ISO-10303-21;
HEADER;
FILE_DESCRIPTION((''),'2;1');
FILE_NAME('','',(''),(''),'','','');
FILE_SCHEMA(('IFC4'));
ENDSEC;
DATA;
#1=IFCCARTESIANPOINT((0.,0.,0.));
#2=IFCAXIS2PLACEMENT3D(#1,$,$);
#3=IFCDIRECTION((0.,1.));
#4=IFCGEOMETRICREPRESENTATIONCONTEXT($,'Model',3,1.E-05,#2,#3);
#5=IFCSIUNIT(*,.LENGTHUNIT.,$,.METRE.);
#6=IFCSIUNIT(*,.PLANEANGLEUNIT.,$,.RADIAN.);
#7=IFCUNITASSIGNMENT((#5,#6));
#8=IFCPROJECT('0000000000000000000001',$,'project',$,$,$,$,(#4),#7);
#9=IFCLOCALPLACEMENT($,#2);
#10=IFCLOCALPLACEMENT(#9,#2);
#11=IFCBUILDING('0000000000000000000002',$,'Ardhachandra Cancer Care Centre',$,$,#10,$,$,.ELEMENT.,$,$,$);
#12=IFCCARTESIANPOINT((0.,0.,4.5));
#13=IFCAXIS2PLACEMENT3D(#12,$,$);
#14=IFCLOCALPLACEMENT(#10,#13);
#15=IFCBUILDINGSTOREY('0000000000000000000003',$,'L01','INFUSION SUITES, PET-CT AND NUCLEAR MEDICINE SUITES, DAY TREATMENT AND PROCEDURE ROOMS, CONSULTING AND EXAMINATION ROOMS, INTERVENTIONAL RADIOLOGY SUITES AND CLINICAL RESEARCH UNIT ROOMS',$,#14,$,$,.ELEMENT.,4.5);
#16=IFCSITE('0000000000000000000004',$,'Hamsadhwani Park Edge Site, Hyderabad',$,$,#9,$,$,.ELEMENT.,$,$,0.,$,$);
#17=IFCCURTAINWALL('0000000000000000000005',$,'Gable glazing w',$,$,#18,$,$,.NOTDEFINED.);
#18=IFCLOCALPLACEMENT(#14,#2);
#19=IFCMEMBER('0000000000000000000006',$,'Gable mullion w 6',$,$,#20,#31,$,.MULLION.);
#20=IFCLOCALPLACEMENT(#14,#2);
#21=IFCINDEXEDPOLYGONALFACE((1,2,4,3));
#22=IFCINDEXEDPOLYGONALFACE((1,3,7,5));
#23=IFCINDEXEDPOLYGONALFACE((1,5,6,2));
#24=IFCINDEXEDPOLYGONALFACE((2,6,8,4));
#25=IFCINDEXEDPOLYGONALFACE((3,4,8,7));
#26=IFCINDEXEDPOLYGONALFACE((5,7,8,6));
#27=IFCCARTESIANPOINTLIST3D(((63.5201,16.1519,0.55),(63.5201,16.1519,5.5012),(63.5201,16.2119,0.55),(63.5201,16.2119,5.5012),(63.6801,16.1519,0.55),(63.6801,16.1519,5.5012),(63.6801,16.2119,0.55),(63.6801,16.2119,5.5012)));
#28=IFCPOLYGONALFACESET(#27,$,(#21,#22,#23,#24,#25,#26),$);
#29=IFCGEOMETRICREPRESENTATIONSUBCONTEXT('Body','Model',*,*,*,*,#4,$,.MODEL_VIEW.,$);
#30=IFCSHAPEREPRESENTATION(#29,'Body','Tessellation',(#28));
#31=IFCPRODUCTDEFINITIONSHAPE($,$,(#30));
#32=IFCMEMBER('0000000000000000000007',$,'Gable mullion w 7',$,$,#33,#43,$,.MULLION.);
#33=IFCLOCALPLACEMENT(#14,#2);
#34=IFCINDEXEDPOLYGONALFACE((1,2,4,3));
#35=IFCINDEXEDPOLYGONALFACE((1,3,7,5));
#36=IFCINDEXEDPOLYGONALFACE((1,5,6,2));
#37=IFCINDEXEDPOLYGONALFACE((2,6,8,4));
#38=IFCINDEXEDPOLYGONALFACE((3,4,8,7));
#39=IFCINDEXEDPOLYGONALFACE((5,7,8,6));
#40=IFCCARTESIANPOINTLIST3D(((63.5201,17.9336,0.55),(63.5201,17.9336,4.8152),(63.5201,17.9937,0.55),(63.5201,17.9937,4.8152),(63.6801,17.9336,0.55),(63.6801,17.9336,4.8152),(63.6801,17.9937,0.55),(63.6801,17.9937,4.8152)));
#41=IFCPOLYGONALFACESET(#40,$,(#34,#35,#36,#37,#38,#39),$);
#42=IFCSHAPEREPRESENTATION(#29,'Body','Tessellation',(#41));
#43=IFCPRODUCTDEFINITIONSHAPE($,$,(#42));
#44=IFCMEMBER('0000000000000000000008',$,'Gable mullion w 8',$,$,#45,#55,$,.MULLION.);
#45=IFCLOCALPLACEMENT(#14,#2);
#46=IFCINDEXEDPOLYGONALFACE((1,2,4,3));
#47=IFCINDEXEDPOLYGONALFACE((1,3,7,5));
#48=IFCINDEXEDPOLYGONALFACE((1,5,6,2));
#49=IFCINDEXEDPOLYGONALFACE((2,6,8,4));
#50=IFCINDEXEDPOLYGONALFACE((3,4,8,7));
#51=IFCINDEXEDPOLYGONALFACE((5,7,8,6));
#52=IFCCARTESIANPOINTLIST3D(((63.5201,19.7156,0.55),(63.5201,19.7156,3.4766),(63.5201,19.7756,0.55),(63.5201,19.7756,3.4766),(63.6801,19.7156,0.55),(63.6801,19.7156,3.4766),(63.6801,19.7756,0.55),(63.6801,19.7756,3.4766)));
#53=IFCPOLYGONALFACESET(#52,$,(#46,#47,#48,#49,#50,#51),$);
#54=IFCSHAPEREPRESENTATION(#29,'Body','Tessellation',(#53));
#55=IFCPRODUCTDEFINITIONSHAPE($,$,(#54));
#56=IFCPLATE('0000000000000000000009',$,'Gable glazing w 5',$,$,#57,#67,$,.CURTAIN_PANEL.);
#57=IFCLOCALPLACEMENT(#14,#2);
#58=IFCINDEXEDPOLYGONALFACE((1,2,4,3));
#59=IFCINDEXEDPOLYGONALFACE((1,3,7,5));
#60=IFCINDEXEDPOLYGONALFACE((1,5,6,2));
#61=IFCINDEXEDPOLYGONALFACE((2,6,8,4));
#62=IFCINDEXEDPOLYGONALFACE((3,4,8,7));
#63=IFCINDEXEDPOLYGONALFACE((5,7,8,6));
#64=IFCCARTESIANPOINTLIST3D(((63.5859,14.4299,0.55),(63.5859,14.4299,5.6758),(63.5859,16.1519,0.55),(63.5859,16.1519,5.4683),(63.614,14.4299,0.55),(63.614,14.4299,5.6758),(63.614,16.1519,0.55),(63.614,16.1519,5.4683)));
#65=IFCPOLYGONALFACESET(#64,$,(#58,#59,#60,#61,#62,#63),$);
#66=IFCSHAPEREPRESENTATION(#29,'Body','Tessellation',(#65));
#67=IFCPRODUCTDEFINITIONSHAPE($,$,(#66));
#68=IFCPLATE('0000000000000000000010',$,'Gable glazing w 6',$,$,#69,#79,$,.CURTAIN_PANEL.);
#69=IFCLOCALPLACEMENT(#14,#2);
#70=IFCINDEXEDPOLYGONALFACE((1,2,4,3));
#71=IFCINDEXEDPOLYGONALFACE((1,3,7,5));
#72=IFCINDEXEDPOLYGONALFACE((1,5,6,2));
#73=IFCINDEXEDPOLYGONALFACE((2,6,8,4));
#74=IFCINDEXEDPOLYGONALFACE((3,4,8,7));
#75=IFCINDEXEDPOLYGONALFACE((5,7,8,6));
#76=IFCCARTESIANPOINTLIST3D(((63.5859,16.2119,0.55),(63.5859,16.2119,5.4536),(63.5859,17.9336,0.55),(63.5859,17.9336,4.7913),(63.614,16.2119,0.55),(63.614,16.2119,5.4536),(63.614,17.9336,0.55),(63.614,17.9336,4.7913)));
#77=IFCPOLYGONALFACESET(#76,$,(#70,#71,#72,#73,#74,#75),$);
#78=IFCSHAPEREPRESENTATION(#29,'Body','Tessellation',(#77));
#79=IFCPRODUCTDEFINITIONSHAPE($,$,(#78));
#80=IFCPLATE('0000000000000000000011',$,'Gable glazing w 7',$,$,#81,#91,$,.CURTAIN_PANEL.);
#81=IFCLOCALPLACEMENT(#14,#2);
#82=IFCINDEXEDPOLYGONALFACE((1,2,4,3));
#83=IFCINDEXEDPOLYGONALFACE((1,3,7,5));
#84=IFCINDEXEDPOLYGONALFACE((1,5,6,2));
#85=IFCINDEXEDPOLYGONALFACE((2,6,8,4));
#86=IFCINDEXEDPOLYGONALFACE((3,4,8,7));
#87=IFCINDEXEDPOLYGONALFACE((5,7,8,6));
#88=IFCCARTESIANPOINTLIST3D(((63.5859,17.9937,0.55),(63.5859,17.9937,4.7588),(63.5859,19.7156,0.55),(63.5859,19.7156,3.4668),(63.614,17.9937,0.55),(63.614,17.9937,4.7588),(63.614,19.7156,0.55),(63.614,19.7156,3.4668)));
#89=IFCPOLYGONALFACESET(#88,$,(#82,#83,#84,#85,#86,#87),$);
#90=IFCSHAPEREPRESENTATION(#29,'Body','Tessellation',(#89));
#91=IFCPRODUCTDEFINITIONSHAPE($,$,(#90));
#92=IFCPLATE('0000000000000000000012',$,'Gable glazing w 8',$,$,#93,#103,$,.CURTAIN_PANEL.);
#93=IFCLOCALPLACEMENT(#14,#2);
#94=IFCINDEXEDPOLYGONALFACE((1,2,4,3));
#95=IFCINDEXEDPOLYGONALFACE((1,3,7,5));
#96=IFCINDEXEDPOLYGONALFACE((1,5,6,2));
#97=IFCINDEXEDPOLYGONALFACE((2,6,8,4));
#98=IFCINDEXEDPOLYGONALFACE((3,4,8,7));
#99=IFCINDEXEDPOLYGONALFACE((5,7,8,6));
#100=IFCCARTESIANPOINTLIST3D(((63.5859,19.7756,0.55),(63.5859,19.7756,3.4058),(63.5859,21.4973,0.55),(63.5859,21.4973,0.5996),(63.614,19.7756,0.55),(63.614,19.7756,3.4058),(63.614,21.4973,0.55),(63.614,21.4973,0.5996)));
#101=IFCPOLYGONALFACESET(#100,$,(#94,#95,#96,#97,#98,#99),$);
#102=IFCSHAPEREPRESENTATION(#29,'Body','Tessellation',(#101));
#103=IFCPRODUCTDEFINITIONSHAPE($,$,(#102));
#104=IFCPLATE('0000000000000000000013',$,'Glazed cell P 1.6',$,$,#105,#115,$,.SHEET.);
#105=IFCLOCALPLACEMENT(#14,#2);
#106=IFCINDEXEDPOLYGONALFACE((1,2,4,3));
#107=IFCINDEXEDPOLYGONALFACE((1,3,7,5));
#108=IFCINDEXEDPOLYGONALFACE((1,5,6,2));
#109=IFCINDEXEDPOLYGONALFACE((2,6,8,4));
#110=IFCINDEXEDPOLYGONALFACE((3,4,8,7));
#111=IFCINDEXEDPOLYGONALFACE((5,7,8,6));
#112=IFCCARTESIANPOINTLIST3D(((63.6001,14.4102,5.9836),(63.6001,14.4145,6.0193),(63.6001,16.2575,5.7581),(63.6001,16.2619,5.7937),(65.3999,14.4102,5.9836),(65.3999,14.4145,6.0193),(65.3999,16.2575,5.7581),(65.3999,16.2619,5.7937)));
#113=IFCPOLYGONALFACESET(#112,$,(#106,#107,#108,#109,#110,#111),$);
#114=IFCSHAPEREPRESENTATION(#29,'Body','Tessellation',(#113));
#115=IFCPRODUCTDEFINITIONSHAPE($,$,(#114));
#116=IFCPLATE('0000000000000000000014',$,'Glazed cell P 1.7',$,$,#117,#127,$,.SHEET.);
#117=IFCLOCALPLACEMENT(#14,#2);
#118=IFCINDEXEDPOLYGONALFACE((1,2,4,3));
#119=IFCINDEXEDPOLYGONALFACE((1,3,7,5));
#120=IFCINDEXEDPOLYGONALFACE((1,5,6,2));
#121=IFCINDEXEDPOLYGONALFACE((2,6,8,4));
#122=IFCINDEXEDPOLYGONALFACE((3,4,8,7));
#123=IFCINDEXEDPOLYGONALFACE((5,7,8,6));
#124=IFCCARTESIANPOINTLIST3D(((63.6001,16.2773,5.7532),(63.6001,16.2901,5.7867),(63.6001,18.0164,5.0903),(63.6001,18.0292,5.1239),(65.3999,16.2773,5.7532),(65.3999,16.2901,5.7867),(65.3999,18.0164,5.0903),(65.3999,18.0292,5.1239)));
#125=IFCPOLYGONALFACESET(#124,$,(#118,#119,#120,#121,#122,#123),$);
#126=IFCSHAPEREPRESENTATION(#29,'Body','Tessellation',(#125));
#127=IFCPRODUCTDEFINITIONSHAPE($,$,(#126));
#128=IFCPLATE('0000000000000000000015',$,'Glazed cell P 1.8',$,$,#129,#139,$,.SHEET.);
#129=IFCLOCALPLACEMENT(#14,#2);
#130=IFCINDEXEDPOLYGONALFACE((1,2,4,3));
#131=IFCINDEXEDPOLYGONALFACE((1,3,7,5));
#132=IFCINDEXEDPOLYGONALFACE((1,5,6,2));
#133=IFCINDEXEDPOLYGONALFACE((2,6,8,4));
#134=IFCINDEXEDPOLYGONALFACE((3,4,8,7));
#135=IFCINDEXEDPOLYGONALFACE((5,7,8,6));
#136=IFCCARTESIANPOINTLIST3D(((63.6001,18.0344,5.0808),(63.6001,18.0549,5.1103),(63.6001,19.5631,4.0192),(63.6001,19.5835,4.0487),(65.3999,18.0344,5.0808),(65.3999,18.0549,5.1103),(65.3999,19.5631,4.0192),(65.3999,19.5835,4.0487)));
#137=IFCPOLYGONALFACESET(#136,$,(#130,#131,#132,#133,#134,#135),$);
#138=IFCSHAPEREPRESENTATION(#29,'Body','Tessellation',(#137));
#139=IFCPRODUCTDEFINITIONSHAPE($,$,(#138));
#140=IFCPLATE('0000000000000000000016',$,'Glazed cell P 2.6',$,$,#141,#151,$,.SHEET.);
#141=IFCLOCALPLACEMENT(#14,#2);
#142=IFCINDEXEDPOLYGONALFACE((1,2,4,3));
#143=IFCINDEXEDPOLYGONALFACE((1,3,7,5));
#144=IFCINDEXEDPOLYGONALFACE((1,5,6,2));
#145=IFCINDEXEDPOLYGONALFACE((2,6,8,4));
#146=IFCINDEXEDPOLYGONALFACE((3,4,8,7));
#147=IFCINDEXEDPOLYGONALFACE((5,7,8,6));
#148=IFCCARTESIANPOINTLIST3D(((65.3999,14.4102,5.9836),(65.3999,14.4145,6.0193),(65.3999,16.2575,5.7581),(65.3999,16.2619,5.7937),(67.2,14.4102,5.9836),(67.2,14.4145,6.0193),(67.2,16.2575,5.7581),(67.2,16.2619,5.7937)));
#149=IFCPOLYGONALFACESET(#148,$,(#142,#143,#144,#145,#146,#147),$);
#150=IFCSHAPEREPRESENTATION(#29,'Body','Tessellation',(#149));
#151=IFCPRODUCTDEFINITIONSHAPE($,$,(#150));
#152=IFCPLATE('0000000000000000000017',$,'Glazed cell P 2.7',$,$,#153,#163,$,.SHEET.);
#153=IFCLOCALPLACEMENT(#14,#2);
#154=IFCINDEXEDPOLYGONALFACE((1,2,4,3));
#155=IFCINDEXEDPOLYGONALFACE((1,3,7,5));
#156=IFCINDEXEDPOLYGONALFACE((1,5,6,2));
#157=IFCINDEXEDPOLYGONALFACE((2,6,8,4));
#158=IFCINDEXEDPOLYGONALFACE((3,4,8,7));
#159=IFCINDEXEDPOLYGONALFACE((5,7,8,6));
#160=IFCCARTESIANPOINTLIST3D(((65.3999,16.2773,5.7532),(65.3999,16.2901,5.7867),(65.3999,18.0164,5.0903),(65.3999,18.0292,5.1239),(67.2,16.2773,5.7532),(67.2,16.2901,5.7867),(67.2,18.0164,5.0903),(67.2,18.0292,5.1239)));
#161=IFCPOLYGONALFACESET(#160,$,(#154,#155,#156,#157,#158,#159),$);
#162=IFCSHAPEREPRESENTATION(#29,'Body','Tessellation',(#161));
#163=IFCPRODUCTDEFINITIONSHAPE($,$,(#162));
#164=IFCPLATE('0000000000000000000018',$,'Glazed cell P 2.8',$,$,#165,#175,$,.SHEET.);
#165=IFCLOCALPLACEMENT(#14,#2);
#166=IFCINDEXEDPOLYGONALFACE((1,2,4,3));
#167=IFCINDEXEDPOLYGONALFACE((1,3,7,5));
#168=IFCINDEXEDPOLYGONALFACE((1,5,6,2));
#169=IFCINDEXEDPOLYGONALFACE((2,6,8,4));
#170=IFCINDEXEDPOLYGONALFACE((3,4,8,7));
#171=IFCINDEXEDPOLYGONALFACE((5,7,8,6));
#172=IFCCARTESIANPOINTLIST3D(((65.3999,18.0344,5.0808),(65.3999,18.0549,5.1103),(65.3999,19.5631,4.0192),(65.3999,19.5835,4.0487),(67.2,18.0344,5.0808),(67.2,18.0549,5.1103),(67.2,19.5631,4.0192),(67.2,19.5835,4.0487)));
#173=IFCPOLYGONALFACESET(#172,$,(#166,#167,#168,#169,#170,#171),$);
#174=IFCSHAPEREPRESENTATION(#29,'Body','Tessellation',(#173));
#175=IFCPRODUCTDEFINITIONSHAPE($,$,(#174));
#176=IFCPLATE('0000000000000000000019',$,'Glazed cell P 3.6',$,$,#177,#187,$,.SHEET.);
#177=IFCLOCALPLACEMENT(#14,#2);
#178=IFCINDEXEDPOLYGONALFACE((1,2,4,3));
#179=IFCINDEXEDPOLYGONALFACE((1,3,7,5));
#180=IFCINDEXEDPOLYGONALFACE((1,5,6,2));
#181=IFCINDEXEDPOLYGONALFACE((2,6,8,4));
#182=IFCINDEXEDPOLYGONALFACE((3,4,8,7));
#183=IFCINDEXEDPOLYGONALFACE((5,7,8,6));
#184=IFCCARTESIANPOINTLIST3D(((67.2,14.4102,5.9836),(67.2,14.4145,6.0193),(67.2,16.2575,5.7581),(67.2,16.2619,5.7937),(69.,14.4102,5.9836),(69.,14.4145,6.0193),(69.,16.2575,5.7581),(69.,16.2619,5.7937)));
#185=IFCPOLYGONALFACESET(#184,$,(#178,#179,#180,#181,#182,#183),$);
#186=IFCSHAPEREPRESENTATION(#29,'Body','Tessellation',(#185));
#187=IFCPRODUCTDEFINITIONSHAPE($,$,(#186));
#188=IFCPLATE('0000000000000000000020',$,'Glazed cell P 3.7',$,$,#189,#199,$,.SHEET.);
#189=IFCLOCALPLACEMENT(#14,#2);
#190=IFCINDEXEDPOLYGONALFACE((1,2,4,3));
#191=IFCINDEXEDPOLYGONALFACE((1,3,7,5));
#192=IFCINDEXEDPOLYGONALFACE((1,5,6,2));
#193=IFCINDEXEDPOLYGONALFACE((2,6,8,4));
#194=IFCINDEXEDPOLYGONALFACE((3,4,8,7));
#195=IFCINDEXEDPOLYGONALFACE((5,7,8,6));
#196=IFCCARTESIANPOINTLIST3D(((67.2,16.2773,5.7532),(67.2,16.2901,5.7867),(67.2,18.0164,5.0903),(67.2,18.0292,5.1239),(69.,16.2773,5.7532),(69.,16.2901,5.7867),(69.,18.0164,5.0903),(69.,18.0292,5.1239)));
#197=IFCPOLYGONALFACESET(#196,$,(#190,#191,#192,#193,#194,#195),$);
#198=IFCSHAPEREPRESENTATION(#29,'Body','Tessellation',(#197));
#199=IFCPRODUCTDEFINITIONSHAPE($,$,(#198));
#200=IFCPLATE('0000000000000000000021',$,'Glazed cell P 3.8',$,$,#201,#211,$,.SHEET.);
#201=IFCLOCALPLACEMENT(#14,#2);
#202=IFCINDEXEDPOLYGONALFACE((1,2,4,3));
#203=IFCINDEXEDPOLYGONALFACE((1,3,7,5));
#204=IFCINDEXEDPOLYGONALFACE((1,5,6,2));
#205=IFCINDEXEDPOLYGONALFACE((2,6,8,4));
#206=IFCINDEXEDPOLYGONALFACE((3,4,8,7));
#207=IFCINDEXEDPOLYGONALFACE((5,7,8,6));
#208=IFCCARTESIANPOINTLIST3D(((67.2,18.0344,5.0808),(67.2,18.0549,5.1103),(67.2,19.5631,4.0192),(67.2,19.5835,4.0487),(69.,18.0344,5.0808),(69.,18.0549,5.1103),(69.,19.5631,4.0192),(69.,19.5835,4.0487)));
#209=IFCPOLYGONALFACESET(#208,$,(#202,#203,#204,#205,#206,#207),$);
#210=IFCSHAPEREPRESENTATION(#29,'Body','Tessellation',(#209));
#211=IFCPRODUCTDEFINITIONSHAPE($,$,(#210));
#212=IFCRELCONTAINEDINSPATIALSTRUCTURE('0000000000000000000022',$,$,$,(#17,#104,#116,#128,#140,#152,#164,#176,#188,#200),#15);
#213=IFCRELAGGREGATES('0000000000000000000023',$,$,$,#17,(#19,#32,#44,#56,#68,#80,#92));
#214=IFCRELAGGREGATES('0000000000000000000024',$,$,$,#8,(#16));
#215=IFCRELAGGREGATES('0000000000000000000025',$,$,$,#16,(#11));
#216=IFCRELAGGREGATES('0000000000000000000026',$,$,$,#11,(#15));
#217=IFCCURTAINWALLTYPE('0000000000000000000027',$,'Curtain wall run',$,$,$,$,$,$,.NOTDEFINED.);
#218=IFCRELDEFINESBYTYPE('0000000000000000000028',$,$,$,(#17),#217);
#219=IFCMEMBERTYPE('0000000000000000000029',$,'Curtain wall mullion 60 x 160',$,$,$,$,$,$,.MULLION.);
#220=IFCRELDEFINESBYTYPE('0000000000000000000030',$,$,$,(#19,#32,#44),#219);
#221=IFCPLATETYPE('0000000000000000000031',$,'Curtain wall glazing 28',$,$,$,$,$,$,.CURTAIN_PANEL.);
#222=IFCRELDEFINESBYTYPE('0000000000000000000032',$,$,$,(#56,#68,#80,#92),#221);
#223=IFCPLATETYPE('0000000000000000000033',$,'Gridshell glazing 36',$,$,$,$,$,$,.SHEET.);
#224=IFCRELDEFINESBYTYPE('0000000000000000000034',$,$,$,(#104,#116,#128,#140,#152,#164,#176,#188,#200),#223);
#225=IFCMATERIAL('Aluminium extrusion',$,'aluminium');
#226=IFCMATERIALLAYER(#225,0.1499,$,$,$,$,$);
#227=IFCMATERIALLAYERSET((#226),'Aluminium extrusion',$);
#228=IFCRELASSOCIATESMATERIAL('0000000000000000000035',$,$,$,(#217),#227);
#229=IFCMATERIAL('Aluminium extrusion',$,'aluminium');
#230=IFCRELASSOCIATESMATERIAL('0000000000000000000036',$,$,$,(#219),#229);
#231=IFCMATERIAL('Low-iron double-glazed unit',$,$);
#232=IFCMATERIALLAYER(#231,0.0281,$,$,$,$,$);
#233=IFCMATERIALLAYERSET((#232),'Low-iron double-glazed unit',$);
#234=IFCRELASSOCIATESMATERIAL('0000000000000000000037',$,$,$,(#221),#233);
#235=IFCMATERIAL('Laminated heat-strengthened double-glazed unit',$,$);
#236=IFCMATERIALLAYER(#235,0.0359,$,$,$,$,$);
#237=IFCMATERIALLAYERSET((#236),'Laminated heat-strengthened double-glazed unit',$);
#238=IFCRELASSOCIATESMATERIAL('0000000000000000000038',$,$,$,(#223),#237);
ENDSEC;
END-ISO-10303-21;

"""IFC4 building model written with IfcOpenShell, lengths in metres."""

from ifc_helpers import new_model, si_unit, direction, frame, origin, origin_2d, place, context, subcontext, project, spatial, polyline, rectangle, outline, extrude, material, layer, layer_set, material_profile, profile_set, type_object, element, aggregate, save


model = new_model("IFC4")

# Units and contexts
model_context = context("Model", 3, precision=1e-05, world=origin(), true_north=direction((0.0, 1.0)))
body_context = subcontext(model_context, "Body", "Model", "MODEL_VIEW")
ifc_project = project(units=[si_unit("LENGTHUNIT", "METRE"), si_unit("PLANEANGLEUNIT", "RADIAN")], contexts=[model_context])

# Site, building, storey
site_placement = place(None, origin())
site = spatial("IfcSite", under=ifc_project, at=site_placement, Name="Hamsadhwani Park Edge Site, Hyderabad", CompositionType="ELEMENT", RefElevation=0.0)
building_placement = place(site_placement, origin())
building = spatial("IfcBuilding", under=site, at=building_placement, Name="Ardhachandra Cancer Care Centre", CompositionType="ELEMENT")
storey_placement = place(building_placement, frame((0.0, 0.0, 4.5)))
storey = spatial("IfcBuildingStorey", under=building, at=storey_placement, Name="L01", Description="INFUSION SUITES, PET-CT AND NUCLEAR MEDICINE SUITES, DAY TREATMENT AND PROCEDURE ROOMS, CONSULTING AND EXAMINATION ROOMS, INTERVENTIONAL RADIOLOGY SUITES AND CLINICAL RESEARCH UNIT ROOMS", CompositionType="ELEMENT", Elevation=4.5)

# Curtain wall, members
ifc_material_1 = material(Name="Aluminium extrusion", Category="aluminium")
ifc_layer_1 = layer(ifc_material_1, 0.1499)
ifc_layer_set_1 = layer_set([ifc_layer_1], Name="Aluminium extrusion")
curtain_wall_type = type_object("IfcCurtainWallType", Name="Curtain wall run", PredefinedType="NOTDEFINED", material=ifc_layer_set_1)
curtain_wall_placement = place(storey_placement, origin())
curtain_wall = element("IfcCurtainWall", 1, at=curtain_wall_placement, inside=storey, type_object=curtain_wall_type, Name="Gable glazing w", PredefinedType="NOTDEFINED")
ifc_material_2 = material(Name="Aluminium extrusion", Category="aluminium")
ifc_material_profile_1 = material_profile(ifc_material_2, rectangle(XDim=0.1599, YDim=0.0601, at=origin_2d()), Name="Curtain wall mullion 60 x 160")
ifc_profile_set_1 = profile_set([ifc_material_profile_1], Name="Aluminium extrusion")
member_type_1 = type_object("IfcMemberType", Name="Curtain wall mullion 60 x 160", PredefinedType="MULLION", material=ifc_profile_set_1)
member_1_placement = place(storey_placement, frame((63.6001, 16.1819, 0.55), z_axis=(0.0, 0.0, 1.0), x_axis=(-1.0, 0.0, 0.0)))
member_1 = element("IfcMember", 2, at=member_1_placement, type_object=member_type_1, Name="Gable mullion w 6", PredefinedType="MULLION", context=body_context, shape_type="SweptSolid", body=[
    extrude(rectangle(XDim=0.1599, YDim=0.0601, at=origin_2d()), origin(), (0.0, 0.0, 1.0), 4.9512),
])
member_2_placement = place(storey_placement, frame((63.6001, 17.9636, 0.55), z_axis=(0.0, 0.0, 1.0), x_axis=(-1.0, 0.0, 0.0)))
member_2 = element("IfcMember", 3, at=member_2_placement, type_object=member_type_1, Name="Gable mullion w 7", PredefinedType="MULLION", context=body_context, shape_type="SweptSolid", body=[
    extrude(rectangle(XDim=0.1599, YDim=0.0601, at=origin_2d()), origin(), (0.0, 0.0, 1.0), 4.2651),
])
member_3_placement = place(storey_placement, frame((63.6001, 19.7456, 0.55), z_axis=(0.0, 0.0, 1.0), x_axis=(-1.0, 0.0, 0.0)))
member_3 = element("IfcMember", 4, at=member_3_placement, type_object=member_type_1, Name="Gable mullion w 8", PredefinedType="MULLION", context=body_context, shape_type="SweptSolid", body=[
    extrude(rectangle(XDim=0.1599, YDim=0.0601, at=origin_2d()), origin(), (0.0, 0.0, 1.0), 2.9265),
])

# Plates
ifc_material_3 = material(Name="Low-iron double-glazed unit")
ifc_layer_2 = layer(ifc_material_3, 0.0281)
ifc_layer_set_2 = layer_set([ifc_layer_2], Name="Low-iron double-glazed unit")
plate_type_1 = type_object("IfcPlateType", Name="Curtain wall glazing 28", PredefinedType="CURTAIN_PANEL", material=ifc_layer_set_2)
plate_1_placement = place(storey_placement, frame((63.6001, 14.4299, 0.55), z_axis=(1.0, 0.0, 0.0), x_axis=(0.0, 1.0, 0.0)))
plate_1 = element("IfcPlate", 5, at=plate_1_placement, type_object=plate_type_1, Name="Gable glazing w 5", PredefinedType="CURTAIN_PANEL", context=body_context, shape_type="SweptSolid", body=[
    extrude(outline(polyline([(0.0, 0.0), (1.7219, 0.0), (1.7219, 4.9182), (0.0, 5.1257), (0.0, 0.0)])), frame((0.0, 0.0, -0.0142)), (0.0, 0.0, 1.0), 0.0281),
])
plate_2_placement = place(storey_placement, frame((63.6001, 16.2119, 0.55), z_axis=(1.0, 0.0, 0.0), x_axis=(0.0, 1.0, 0.0)))
plate_2 = element("IfcPlate", 6, at=plate_2_placement, type_object=plate_type_1, Name="Gable glazing w 6", PredefinedType="CURTAIN_PANEL", context=body_context, shape_type="SweptSolid", body=[
    extrude(outline(polyline([(0.0, 0.0), (1.7217, 0.0), (1.7217, 4.2412), (0.0, 4.9036), (0.0, 0.0)])), frame((0.0, 0.0, -0.0142)), (0.0, 0.0, 1.0), 0.0281),
])
plate_3_placement = place(storey_placement, frame((63.6001, 17.9937, 0.55), z_axis=(1.0, 0.0, 0.0), x_axis=(0.0, 1.0, 0.0)))
plate_3 = element("IfcPlate", 7, at=plate_3_placement, type_object=plate_type_1, Name="Gable glazing w 7", PredefinedType="CURTAIN_PANEL", context=body_context, shape_type="SweptSolid", body=[
    extrude(outline(polyline([(0.0, 0.0), (1.7219, 0.0), (1.7219, 2.9167), (0.0, 4.2087), (0.0, 0.0)])), frame((0.0, 0.0, -0.0142)), (0.0, 0.0, 1.0), 0.0281),
])
plate_4_placement = place(storey_placement, frame((63.6001, 19.7756, 0.55), z_axis=(1.0, 0.0, 0.0), x_axis=(0.0, 1.0, 0.0)))
plate_4 = element("IfcPlate", 8, at=plate_4_placement, type_object=plate_type_1, Name="Gable glazing w 8", PredefinedType="CURTAIN_PANEL", context=body_context, shape_type="SweptSolid", body=[
    extrude(outline(polyline([(0.0, 0.0), (1.7217, 0.0), (1.7217, 0.0496), (0.0, 2.8557), (0.0, 0.0)])), frame((0.0, 0.0, -0.0142)), (0.0, 0.0, 1.0), 0.0281),
])
aggregate(curtain_wall, [member_1, member_2, member_3, plate_1, plate_2, plate_3, plate_4])

# Plates
ifc_material_4 = material(Name="Laminated heat-strengthened double-glazed unit")
ifc_layer_3 = layer(ifc_material_4, 0.0359)
ifc_layer_set_3 = layer_set([ifc_layer_3], Name="Laminated heat-strengthened double-glazed unit")
plate_type_2 = type_object("IfcPlateType", Name="Gridshell glazing 36", PredefinedType="SHEET", material=ifc_layer_set_3)
for number, where, z_axis, x_axis, name in (
    (9, (63.6001, 14.4102, 5.9836), (0.0, 0.121209, 0.992627), (1.0, 0.0, 0.0), "Glazed cell P 1.6"),
    (10, (63.6001, 16.2773, 5.7532), (0.0, 0.356164, 0.934423), (1.0, 0.0, 0.0), "Glazed cell P 1.7"),
    (11, (63.6001, 18.0344, 5.0808), (0.0, 0.570403, 0.821365), (1.0, 0.0, 0.0), "Glazed cell P 1.8"),
):
    element("IfcPlate", number, at=place(storey_placement, frame(where, z_axis=z_axis, x_axis=x_axis)), inside=storey, type_object=plate_type_2, Name=name, PredefinedType="SHEET", context=body_context, shape_type="SweptSolid", body=[
        extrude(outline(polyline([(0.0, 0.0), (1.7998, 0.0), (1.7998, 1.8611), (0.0, 1.8611), (0.0, 0.0)])), origin(), (0.0, 0.0, 1.0), 0.0359),
    ])
for number, where, z_axis, x_axis, name in (
    (12, (65.3999, 14.4102, 5.9836), (0.0, 0.121209, 0.992627), (1.0, 0.0, 0.0), "Glazed cell P 2.6"),
    (13, (65.3999, 16.2773, 5.7532), (0.0, 0.356164, 0.934423), (1.0, 0.0, 0.0), "Glazed cell P 2.7"),
    (14, (65.3999, 18.0344, 5.0808), (0.0, 0.570403, 0.821365), (1.0, 0.0, 0.0), "Glazed cell P 2.8"),
    (15, (67.2, 14.4102, 5.9836), (0.0, 0.121209, 0.992627), (1.0, 0.0, 0.0), "Glazed cell P 3.6"),
    (16, (67.2, 16.2773, 5.7532), (0.0, 0.356164, 0.934423), (1.0, 0.0, 0.0), "Glazed cell P 3.7"),
    (17, (67.2, 18.0344, 5.0808), (0.0, 0.570403, 0.821365), (1.0, 0.0, 0.0), "Glazed cell P 3.8"),
):
    element("IfcPlate", number, at=place(storey_placement, frame(where, z_axis=z_axis, x_axis=x_axis)), inside=storey, type_object=plate_type_2, Name=name, PredefinedType="SHEET", context=body_context, shape_type="SweptSolid", body=[
        extrude(outline(polyline([(0.0, 0.0), (1.8, 0.0), (1.8, 1.8611), (0.0, 1.8611), (0.0, 0.0)])), origin(), (0.0, 0.0, 1.0), 0.0359),
    ])

save(model, "model.ifc")
